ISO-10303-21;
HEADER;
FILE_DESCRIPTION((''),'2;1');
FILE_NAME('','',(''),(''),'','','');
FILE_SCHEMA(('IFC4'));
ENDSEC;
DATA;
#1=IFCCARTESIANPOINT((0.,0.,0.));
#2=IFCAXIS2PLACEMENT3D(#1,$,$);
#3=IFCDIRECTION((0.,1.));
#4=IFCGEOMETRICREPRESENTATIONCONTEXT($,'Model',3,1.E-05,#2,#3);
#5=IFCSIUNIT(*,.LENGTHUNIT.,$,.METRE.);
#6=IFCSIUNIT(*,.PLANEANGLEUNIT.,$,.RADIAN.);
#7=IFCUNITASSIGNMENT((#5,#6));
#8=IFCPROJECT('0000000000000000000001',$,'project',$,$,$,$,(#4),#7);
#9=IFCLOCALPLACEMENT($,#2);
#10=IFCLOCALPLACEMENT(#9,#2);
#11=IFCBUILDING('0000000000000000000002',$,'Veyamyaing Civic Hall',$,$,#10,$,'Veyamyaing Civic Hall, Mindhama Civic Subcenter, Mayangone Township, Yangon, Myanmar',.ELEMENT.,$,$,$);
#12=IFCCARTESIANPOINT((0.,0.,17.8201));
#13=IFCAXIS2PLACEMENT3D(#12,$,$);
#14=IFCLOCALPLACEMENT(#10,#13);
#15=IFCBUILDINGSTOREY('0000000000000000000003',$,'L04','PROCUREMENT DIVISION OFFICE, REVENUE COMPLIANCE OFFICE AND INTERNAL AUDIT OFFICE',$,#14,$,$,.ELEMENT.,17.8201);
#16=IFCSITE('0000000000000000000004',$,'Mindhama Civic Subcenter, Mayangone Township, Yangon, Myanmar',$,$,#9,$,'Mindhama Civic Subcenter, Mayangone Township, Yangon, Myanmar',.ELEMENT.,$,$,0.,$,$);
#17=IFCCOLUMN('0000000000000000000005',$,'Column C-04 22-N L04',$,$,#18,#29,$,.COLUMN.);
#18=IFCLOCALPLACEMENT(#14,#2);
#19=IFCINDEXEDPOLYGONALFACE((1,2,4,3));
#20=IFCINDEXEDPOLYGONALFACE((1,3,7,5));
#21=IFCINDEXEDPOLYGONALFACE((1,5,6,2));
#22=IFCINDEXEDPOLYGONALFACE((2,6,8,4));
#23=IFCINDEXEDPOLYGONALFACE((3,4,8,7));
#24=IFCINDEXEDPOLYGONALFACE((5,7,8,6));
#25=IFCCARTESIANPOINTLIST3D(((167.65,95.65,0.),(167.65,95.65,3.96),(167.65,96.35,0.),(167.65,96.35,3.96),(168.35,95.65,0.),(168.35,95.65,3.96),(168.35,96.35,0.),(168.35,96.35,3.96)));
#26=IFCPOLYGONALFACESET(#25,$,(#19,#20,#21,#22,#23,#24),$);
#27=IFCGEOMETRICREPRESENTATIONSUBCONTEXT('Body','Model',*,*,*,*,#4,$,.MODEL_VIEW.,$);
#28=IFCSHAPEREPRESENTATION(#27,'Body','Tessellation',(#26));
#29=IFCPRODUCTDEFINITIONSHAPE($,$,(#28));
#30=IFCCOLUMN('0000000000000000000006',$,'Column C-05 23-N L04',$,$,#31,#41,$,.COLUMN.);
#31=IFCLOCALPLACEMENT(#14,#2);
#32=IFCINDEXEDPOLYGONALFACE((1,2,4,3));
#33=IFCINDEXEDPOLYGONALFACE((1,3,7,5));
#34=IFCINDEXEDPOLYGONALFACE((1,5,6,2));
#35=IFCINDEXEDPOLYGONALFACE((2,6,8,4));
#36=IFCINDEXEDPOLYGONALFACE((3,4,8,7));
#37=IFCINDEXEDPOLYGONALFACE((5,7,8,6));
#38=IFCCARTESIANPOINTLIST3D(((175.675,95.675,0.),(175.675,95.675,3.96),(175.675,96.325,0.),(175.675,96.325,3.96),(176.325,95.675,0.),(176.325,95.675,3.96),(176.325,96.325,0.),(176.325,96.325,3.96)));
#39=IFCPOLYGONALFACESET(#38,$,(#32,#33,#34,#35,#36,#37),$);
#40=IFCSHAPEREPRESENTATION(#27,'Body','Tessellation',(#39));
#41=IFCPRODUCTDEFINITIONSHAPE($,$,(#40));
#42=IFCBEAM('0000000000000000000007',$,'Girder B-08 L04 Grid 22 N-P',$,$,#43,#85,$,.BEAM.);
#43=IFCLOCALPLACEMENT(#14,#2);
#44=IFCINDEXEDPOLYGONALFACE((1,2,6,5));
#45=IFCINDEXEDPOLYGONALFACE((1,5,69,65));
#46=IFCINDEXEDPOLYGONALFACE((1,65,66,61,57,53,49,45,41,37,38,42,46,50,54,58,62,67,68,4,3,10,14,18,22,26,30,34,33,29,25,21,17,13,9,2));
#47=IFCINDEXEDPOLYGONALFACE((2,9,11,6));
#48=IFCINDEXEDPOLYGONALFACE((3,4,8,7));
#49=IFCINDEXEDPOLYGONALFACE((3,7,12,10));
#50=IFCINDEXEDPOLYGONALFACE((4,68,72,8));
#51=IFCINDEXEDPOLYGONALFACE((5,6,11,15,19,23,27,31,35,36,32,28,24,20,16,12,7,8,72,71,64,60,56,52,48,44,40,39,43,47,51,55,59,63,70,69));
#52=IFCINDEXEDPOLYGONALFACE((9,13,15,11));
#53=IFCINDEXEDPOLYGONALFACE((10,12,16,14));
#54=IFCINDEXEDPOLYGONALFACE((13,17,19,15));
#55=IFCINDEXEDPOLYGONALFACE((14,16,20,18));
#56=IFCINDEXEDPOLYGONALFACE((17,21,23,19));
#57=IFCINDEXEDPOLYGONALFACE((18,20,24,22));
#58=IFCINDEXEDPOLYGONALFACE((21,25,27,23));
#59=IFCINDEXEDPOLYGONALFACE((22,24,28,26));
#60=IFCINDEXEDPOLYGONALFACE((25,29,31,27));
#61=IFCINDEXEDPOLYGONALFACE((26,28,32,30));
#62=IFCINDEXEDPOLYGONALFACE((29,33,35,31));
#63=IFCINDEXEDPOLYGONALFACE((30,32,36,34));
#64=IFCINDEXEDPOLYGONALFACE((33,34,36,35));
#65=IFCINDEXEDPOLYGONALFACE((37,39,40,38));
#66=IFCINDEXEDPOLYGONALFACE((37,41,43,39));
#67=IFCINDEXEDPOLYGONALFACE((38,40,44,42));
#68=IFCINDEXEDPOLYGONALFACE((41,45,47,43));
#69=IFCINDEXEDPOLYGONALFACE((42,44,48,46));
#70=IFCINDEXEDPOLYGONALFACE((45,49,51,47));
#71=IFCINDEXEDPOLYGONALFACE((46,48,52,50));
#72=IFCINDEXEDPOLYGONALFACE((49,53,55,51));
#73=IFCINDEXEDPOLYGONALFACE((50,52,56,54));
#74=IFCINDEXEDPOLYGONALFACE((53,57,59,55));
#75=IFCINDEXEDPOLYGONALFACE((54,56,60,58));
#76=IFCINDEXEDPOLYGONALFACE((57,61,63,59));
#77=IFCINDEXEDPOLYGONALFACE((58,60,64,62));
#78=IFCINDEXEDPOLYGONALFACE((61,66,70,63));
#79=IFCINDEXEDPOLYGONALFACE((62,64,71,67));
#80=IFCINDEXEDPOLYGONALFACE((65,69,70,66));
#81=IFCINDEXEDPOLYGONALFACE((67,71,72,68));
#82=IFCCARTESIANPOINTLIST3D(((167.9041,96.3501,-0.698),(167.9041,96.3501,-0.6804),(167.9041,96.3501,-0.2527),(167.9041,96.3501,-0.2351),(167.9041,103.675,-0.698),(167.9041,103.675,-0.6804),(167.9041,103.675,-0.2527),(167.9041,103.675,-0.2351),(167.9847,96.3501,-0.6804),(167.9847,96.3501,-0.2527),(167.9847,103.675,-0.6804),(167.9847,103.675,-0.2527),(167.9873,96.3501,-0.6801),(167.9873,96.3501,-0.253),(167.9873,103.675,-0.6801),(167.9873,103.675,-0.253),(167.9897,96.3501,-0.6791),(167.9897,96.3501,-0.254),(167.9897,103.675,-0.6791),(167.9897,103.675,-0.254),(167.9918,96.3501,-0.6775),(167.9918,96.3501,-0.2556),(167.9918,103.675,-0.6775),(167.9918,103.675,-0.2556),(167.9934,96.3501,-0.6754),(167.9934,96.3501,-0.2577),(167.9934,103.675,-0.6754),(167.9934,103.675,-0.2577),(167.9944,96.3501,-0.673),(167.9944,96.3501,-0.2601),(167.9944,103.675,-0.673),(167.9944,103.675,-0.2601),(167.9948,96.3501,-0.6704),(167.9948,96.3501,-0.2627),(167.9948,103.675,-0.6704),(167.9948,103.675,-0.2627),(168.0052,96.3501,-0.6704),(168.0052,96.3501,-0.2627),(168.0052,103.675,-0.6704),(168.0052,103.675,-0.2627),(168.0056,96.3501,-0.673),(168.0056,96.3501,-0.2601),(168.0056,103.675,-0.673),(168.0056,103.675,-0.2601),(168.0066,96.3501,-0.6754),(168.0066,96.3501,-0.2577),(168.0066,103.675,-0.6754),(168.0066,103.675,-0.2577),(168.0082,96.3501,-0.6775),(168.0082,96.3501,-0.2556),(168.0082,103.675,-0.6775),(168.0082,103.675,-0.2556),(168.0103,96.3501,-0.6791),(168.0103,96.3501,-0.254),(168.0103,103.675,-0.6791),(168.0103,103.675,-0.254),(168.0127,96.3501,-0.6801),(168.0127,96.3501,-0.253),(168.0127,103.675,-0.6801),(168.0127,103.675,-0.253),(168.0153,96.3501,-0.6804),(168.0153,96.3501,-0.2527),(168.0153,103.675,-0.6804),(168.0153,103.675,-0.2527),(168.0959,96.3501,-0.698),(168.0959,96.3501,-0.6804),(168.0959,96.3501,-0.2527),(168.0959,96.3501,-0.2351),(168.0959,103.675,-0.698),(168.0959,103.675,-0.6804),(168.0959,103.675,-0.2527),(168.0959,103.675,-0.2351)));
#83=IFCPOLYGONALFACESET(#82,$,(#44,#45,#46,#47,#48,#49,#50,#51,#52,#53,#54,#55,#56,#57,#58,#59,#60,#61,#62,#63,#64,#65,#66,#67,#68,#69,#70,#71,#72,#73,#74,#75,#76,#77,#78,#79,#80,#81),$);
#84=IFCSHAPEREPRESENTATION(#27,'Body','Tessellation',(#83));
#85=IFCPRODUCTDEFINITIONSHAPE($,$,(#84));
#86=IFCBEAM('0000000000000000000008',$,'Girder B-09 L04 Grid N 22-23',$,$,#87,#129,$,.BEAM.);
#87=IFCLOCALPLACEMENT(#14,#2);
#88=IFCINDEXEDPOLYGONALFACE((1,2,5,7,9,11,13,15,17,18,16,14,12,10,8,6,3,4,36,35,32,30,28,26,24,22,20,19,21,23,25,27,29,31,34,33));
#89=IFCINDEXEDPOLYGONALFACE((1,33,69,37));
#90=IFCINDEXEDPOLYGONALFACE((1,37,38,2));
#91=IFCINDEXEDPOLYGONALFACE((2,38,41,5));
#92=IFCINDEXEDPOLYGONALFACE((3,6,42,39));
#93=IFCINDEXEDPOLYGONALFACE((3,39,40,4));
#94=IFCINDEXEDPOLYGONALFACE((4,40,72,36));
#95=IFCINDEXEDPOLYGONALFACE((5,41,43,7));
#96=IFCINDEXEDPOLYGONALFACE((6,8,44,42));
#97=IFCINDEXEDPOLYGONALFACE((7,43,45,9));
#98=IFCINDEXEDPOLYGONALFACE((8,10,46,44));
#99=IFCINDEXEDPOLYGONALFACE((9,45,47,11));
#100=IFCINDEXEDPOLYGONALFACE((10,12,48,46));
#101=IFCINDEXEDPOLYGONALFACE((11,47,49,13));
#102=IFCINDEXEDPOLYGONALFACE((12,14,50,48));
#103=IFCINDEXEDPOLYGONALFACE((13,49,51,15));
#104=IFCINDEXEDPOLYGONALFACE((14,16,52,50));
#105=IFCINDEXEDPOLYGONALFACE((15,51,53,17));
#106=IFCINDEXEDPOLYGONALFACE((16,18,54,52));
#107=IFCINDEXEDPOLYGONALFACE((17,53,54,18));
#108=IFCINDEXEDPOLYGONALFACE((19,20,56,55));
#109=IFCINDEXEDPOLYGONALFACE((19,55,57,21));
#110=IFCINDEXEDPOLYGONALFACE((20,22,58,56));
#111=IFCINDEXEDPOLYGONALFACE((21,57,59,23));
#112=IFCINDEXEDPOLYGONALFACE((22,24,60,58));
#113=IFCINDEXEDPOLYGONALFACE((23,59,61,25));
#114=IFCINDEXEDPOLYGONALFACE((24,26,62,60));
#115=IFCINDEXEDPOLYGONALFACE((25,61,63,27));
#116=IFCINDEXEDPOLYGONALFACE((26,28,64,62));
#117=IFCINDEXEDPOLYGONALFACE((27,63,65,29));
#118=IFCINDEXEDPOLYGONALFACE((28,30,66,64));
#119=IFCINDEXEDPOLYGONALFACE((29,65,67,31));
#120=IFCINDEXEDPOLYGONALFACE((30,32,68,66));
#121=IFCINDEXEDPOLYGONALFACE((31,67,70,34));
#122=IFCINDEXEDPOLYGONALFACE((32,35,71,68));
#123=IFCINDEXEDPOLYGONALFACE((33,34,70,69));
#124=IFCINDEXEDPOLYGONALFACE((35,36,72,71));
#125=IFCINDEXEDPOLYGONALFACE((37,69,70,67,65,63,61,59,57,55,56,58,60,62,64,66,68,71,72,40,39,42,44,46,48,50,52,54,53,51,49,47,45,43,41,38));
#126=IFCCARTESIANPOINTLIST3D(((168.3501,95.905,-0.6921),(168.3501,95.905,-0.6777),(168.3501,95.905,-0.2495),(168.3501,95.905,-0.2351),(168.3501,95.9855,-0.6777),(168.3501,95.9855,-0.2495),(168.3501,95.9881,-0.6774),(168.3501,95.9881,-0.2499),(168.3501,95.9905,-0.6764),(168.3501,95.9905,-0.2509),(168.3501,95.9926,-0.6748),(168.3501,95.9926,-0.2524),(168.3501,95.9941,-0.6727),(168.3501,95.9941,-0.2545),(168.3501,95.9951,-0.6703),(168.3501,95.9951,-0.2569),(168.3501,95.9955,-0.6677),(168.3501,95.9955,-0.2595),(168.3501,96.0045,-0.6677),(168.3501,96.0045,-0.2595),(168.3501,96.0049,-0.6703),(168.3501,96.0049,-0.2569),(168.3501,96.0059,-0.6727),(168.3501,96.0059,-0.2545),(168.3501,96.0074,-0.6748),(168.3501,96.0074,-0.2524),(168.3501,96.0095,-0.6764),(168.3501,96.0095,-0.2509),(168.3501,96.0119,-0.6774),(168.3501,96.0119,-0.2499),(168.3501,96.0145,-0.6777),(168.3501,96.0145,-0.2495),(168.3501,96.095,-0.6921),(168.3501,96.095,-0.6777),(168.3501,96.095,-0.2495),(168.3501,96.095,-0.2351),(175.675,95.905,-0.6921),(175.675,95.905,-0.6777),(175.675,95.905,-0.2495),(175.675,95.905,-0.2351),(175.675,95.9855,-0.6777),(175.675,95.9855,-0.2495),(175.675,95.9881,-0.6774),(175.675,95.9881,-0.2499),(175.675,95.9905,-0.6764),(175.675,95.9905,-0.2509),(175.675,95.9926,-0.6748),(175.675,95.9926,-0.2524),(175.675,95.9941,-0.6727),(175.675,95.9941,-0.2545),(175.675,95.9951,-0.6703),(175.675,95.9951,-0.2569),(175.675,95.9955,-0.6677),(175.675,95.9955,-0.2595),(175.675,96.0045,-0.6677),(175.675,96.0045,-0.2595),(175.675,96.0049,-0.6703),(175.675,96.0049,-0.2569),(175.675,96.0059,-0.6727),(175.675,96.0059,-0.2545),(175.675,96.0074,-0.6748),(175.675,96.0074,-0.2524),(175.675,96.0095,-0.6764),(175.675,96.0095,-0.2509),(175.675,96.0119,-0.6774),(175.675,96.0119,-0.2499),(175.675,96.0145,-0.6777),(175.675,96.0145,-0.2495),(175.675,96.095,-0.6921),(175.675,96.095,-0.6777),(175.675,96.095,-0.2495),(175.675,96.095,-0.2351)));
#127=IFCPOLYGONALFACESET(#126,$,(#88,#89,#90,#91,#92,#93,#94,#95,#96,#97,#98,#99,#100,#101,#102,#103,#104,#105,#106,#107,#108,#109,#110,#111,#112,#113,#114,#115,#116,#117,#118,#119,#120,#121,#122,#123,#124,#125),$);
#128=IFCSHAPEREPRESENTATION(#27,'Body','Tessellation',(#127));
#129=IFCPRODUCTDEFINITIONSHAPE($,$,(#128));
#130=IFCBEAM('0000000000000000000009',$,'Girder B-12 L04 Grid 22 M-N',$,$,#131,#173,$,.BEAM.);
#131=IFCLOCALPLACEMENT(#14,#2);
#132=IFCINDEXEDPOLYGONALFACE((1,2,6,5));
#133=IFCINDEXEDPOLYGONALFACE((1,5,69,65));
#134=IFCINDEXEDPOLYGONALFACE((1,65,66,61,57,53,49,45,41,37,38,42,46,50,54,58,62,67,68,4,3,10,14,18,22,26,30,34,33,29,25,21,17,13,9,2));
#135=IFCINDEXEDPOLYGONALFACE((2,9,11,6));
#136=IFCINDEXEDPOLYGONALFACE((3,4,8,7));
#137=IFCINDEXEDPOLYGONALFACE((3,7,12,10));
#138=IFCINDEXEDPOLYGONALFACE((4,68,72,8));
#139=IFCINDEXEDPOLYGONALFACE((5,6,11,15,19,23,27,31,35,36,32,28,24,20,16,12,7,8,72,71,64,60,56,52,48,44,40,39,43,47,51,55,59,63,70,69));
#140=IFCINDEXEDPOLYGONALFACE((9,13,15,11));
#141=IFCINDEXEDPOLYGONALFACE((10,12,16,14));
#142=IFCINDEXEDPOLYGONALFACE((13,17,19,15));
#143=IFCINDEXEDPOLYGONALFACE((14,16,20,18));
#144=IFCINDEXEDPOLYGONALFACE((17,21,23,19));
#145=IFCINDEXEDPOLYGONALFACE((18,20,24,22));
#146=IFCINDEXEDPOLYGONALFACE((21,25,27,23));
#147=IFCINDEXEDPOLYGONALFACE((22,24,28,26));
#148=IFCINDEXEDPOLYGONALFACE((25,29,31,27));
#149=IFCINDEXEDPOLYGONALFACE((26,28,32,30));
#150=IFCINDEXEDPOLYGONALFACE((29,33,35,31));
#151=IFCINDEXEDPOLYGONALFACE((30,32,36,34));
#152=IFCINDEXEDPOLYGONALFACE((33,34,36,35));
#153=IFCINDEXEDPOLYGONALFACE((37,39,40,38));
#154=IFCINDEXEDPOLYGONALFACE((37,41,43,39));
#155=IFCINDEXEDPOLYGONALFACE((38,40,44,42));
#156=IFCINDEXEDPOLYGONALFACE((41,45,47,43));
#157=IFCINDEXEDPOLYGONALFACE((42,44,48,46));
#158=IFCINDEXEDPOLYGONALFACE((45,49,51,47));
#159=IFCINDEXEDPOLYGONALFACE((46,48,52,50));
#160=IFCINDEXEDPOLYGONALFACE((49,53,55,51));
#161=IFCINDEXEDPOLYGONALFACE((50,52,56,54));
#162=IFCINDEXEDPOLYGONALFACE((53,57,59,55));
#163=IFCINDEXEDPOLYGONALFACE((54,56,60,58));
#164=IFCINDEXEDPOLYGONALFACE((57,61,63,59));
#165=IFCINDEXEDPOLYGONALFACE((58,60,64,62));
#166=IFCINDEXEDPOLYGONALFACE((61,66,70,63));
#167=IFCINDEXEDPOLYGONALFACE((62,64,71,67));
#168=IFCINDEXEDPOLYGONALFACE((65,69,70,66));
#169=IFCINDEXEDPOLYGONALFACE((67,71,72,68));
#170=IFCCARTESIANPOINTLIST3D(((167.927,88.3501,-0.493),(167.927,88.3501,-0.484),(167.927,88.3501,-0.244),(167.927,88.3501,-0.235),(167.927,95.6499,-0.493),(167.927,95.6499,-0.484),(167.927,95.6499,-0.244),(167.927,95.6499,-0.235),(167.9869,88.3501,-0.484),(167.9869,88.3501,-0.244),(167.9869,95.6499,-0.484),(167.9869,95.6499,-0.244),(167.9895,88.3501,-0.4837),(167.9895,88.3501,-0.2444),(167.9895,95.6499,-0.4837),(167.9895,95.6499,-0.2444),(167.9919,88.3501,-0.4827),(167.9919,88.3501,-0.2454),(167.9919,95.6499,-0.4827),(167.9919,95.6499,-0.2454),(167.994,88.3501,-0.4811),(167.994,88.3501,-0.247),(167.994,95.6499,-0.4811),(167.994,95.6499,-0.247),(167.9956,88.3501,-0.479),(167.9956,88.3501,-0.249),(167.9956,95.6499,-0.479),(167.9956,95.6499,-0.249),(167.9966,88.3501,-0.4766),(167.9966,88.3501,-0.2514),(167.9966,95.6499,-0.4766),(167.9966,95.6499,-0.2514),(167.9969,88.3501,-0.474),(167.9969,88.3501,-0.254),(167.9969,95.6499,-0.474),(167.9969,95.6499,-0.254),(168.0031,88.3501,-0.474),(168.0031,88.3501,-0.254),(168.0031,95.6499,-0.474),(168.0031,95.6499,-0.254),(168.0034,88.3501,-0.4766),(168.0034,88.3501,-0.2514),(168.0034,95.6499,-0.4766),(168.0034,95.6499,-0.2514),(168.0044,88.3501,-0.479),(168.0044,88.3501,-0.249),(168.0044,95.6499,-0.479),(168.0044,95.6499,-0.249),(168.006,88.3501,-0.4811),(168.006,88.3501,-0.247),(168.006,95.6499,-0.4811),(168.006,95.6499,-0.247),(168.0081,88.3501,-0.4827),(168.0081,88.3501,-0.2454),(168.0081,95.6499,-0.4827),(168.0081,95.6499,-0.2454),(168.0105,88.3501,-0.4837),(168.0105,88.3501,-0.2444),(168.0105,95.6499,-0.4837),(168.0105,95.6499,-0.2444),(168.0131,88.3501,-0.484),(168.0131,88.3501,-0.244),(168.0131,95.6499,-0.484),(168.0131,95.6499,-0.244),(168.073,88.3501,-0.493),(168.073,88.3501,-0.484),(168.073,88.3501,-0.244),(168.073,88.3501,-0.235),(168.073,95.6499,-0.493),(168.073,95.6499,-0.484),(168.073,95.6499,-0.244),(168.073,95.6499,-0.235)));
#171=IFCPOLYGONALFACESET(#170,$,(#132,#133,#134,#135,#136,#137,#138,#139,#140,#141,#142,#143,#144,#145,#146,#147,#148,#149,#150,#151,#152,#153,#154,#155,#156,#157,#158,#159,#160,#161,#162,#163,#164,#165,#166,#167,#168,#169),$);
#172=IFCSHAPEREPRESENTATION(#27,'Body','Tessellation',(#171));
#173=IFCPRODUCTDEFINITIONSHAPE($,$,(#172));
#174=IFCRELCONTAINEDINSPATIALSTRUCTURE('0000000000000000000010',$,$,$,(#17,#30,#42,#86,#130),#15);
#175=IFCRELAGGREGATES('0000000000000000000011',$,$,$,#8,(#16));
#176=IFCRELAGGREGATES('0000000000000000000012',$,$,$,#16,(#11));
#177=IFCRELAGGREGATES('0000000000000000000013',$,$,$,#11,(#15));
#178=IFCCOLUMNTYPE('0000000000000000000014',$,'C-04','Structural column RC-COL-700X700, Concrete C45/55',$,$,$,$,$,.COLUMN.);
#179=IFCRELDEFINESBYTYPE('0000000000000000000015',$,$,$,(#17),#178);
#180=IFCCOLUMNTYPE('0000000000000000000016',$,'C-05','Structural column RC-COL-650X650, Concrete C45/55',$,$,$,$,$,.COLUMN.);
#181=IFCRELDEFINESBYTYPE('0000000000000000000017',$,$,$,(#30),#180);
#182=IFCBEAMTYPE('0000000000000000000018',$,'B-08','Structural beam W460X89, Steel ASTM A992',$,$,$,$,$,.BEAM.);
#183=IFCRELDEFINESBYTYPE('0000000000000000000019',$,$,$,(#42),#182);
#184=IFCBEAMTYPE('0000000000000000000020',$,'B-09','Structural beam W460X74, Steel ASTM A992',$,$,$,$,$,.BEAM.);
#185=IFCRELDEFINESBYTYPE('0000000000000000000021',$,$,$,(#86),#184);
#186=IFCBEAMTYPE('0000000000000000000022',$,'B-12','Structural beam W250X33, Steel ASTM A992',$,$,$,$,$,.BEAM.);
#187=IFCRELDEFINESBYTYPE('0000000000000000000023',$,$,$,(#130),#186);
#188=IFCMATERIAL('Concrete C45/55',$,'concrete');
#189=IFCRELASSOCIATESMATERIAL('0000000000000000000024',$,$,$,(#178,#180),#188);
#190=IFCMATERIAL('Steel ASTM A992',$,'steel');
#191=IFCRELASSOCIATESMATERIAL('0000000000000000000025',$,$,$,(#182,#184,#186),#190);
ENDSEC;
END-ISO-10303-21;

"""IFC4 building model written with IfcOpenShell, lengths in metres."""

from ifc_helpers import new_model, si_unit, direction, frame, origin, origin_2d, place, context, subcontext, project, spatial, rectangle, i_section, extrude, material, material_profile, profile_set, type_object, element, save


model = new_model("IFC4")

# Units and contexts
model_context = context("Model", 3, precision=1e-05, world=origin(), true_north=direction((0.0, 1.0)))
body_context = subcontext(model_context, "Body", "Model", "MODEL_VIEW")
ifc_project = project(units=[si_unit("LENGTHUNIT", "METRE"), si_unit("PLANEANGLEUNIT", "RADIAN")], contexts=[model_context])

# Site, building, storey
site_placement = place(None, origin())
site = spatial("IfcSite", under=ifc_project, at=site_placement, Name="Mindhama Civic Subcenter, Mayangone Township, Yangon, Myanmar", LongName="Mindhama Civic Subcenter, Mayangone Township, Yangon, Myanmar", CompositionType="ELEMENT", RefElevation=0.0)
building_placement = place(site_placement, origin())
building = spatial("IfcBuilding", under=site, at=building_placement, Name="Veyamyaing Civic Hall", LongName="Veyamyaing Civic Hall, Mindhama Civic Subcenter, Mayangone Township, Yangon, Myanmar", CompositionType="ELEMENT")
storey_placement = place(building_placement, frame((0.0, 0.0, 17.8201)))
storey = spatial("IfcBuildingStorey", under=building, at=storey_placement, Name="L04", Description="PROCUREMENT DIVISION OFFICE, REVENUE COMPLIANCE OFFICE AND INTERNAL AUDIT OFFICE", CompositionType="ELEMENT", Elevation=17.8201)

# Columns
ifc_material_1 = material(Name="Concrete C45/55", Category="concrete")
ifc_material_profile_1 = material_profile(ifc_material_1, rectangle(XDim=0.7, YDim=0.7, at=origin_2d()), Name="RC-COL-700X700")
ifc_profile_set_1 = profile_set([ifc_material_profile_1], Name="Concrete C45/55")
column_type_1 = type_object("IfcColumnType", Name="C-04", Description="Structural column RC-COL-700X700, Concrete C45/55", PredefinedType="COLUMN", material=ifc_profile_set_1)
column_1_placement = place(storey_placement, frame((168.0, 96.0, 0.0), z_axis=(0.0, 0.0, 1.0), x_axis=(1.0, 0.0, 0.0)))
element("IfcColumn", 1, at=column_1_placement, inside=storey, type_object=column_type_1, Name="Column C-04 22-N L04", PredefinedType="COLUMN", context=body_context, shape_type="SweptSolid", body=[
    extrude(rectangle(XDim=0.7, YDim=0.7, at=origin_2d()), origin(), (0.0, 0.0, 1.0), 3.96),
])
ifc_material_profile_2 = material_profile(ifc_material_1, rectangle(XDim=0.6499, YDim=0.6499, at=origin_2d()), Name="RC-COL-650X650")
ifc_profile_set_2 = profile_set([ifc_material_profile_2], Name="Concrete C45/55")
column_type_2 = type_object("IfcColumnType", Name="C-05", Description="Structural column RC-COL-650X650, Concrete C45/55", PredefinedType="COLUMN", material=ifc_profile_set_2)
column_2_placement = place(storey_placement, frame((176.0, 96.0, 0.0), z_axis=(0.0, 0.0, 1.0), x_axis=(1.0, 0.0, 0.0)))
element("IfcColumn", 2, at=column_2_placement, inside=storey, type_object=column_type_2, Name="Column C-05 23-N L04", PredefinedType="COLUMN", context=body_context, shape_type="SweptSolid", body=[
    extrude(rectangle(XDim=0.6499, YDim=0.6499, at=origin_2d()), origin(), (0.0, 0.0, 1.0), 3.96),
])

# Beams
ifc_material_2 = material(Name="Steel ASTM A992", Category="steel")
ifc_material_profile_3 = material_profile(ifc_material_2, i_section(OverallWidth=0.1919, OverallDepth=0.4629, WebThickness=0.0105, FlangeThickness=0.0176, FilletRadius=0.01, at=origin_2d()), Name="W460X89")
ifc_profile_set_3 = profile_set([ifc_material_profile_3], Name="Steel ASTM A992")
beam_type_1 = type_object("IfcBeamType", Name="B-08", Description="Structural beam W460X89, Steel ASTM A992", PredefinedType="BEAM", material=ifc_profile_set_3)
beam_1_placement = place(storey_placement, frame((168.0, 96.3501, -0.4666), z_axis=(0.0, 1.0, 0.0), x_axis=(-1.0, 0.0, 0.0)))
element("IfcBeam", 3, at=beam_1_placement, inside=storey, type_object=beam_type_1, Name="Girder B-08 L04 Grid 22 N-P", PredefinedType="BEAM", context=body_context, shape_type="SweptSolid", body=[
    extrude(i_section(OverallWidth=0.1919, OverallDepth=0.4629, WebThickness=0.0105, FlangeThickness=0.0176, FilletRadius=0.01, at=origin_2d()), origin(), (0.0, 0.0, 1.0), 7.325),
])
ifc_material_profile_4 = material_profile(ifc_material_2, i_section(OverallWidth=0.1899, OverallDepth=0.457, WebThickness=0.009, FlangeThickness=0.0144, FilletRadius=0.01, at=origin_2d()), Name="W460X74")
ifc_profile_set_4 = profile_set([ifc_material_profile_4], Name="Steel ASTM A992")
beam_type_2 = type_object("IfcBeamType", Name="B-09", Description="Structural beam W460X74, Steel ASTM A992", PredefinedType="BEAM", material=ifc_profile_set_4)
beam_2_placement = place(storey_placement, frame((168.3501, 96.0, -0.4636), z_axis=(1.0, 0.0, 0.0), x_axis=(0.0, 1.0, 0.0)))
element("IfcBeam", 4, at=beam_2_placement, inside=storey, type_object=beam_type_2, Name="Girder B-09 L04 Grid N 22-23", PredefinedType="BEAM", context=body_context, shape_type="SweptSolid", body=[
    extrude(i_section(OverallWidth=0.1899, OverallDepth=0.457, WebThickness=0.009, FlangeThickness=0.0144, FilletRadius=0.01, at=origin_2d()), origin(), (0.0, 0.0, 1.0), 7.325),
])
ifc_material_profile_5 = material_profile(ifc_material_2, i_section(OverallWidth=0.146, OverallDepth=0.2581, WebThickness=0.0061, FlangeThickness=0.009, FilletRadius=0.01, at=origin_2d()), Name="W250X33")
ifc_profile_set_5 = profile_set([ifc_material_profile_5], Name="Steel ASTM A992")
beam_type_3 = type_object("IfcBeamType", Name="B-12", Description="Structural beam W250X33, Steel ASTM A992", PredefinedType="BEAM", material=ifc_profile_set_5)
beam_3_placement = place(storey_placement, frame((168.0, 88.3501, -0.364), z_axis=(0.0, 1.0, 0.0), x_axis=(-1.0, 0.0, 0.0)))
element("IfcBeam", 5, at=beam_3_placement, inside=storey, type_object=beam_type_3, Name="Girder B-12 L04 Grid 22 M-N", PredefinedType="BEAM", context=body_context, shape_type="SweptSolid", body=[
    extrude(i_section(OverallWidth=0.146, OverallDepth=0.2581, WebThickness=0.0061, FlangeThickness=0.009, FilletRadius=0.01, at=origin_2d()), origin(), (0.0, 0.0, 1.0), 7.2998),
])

save(model, "model.ifc")
